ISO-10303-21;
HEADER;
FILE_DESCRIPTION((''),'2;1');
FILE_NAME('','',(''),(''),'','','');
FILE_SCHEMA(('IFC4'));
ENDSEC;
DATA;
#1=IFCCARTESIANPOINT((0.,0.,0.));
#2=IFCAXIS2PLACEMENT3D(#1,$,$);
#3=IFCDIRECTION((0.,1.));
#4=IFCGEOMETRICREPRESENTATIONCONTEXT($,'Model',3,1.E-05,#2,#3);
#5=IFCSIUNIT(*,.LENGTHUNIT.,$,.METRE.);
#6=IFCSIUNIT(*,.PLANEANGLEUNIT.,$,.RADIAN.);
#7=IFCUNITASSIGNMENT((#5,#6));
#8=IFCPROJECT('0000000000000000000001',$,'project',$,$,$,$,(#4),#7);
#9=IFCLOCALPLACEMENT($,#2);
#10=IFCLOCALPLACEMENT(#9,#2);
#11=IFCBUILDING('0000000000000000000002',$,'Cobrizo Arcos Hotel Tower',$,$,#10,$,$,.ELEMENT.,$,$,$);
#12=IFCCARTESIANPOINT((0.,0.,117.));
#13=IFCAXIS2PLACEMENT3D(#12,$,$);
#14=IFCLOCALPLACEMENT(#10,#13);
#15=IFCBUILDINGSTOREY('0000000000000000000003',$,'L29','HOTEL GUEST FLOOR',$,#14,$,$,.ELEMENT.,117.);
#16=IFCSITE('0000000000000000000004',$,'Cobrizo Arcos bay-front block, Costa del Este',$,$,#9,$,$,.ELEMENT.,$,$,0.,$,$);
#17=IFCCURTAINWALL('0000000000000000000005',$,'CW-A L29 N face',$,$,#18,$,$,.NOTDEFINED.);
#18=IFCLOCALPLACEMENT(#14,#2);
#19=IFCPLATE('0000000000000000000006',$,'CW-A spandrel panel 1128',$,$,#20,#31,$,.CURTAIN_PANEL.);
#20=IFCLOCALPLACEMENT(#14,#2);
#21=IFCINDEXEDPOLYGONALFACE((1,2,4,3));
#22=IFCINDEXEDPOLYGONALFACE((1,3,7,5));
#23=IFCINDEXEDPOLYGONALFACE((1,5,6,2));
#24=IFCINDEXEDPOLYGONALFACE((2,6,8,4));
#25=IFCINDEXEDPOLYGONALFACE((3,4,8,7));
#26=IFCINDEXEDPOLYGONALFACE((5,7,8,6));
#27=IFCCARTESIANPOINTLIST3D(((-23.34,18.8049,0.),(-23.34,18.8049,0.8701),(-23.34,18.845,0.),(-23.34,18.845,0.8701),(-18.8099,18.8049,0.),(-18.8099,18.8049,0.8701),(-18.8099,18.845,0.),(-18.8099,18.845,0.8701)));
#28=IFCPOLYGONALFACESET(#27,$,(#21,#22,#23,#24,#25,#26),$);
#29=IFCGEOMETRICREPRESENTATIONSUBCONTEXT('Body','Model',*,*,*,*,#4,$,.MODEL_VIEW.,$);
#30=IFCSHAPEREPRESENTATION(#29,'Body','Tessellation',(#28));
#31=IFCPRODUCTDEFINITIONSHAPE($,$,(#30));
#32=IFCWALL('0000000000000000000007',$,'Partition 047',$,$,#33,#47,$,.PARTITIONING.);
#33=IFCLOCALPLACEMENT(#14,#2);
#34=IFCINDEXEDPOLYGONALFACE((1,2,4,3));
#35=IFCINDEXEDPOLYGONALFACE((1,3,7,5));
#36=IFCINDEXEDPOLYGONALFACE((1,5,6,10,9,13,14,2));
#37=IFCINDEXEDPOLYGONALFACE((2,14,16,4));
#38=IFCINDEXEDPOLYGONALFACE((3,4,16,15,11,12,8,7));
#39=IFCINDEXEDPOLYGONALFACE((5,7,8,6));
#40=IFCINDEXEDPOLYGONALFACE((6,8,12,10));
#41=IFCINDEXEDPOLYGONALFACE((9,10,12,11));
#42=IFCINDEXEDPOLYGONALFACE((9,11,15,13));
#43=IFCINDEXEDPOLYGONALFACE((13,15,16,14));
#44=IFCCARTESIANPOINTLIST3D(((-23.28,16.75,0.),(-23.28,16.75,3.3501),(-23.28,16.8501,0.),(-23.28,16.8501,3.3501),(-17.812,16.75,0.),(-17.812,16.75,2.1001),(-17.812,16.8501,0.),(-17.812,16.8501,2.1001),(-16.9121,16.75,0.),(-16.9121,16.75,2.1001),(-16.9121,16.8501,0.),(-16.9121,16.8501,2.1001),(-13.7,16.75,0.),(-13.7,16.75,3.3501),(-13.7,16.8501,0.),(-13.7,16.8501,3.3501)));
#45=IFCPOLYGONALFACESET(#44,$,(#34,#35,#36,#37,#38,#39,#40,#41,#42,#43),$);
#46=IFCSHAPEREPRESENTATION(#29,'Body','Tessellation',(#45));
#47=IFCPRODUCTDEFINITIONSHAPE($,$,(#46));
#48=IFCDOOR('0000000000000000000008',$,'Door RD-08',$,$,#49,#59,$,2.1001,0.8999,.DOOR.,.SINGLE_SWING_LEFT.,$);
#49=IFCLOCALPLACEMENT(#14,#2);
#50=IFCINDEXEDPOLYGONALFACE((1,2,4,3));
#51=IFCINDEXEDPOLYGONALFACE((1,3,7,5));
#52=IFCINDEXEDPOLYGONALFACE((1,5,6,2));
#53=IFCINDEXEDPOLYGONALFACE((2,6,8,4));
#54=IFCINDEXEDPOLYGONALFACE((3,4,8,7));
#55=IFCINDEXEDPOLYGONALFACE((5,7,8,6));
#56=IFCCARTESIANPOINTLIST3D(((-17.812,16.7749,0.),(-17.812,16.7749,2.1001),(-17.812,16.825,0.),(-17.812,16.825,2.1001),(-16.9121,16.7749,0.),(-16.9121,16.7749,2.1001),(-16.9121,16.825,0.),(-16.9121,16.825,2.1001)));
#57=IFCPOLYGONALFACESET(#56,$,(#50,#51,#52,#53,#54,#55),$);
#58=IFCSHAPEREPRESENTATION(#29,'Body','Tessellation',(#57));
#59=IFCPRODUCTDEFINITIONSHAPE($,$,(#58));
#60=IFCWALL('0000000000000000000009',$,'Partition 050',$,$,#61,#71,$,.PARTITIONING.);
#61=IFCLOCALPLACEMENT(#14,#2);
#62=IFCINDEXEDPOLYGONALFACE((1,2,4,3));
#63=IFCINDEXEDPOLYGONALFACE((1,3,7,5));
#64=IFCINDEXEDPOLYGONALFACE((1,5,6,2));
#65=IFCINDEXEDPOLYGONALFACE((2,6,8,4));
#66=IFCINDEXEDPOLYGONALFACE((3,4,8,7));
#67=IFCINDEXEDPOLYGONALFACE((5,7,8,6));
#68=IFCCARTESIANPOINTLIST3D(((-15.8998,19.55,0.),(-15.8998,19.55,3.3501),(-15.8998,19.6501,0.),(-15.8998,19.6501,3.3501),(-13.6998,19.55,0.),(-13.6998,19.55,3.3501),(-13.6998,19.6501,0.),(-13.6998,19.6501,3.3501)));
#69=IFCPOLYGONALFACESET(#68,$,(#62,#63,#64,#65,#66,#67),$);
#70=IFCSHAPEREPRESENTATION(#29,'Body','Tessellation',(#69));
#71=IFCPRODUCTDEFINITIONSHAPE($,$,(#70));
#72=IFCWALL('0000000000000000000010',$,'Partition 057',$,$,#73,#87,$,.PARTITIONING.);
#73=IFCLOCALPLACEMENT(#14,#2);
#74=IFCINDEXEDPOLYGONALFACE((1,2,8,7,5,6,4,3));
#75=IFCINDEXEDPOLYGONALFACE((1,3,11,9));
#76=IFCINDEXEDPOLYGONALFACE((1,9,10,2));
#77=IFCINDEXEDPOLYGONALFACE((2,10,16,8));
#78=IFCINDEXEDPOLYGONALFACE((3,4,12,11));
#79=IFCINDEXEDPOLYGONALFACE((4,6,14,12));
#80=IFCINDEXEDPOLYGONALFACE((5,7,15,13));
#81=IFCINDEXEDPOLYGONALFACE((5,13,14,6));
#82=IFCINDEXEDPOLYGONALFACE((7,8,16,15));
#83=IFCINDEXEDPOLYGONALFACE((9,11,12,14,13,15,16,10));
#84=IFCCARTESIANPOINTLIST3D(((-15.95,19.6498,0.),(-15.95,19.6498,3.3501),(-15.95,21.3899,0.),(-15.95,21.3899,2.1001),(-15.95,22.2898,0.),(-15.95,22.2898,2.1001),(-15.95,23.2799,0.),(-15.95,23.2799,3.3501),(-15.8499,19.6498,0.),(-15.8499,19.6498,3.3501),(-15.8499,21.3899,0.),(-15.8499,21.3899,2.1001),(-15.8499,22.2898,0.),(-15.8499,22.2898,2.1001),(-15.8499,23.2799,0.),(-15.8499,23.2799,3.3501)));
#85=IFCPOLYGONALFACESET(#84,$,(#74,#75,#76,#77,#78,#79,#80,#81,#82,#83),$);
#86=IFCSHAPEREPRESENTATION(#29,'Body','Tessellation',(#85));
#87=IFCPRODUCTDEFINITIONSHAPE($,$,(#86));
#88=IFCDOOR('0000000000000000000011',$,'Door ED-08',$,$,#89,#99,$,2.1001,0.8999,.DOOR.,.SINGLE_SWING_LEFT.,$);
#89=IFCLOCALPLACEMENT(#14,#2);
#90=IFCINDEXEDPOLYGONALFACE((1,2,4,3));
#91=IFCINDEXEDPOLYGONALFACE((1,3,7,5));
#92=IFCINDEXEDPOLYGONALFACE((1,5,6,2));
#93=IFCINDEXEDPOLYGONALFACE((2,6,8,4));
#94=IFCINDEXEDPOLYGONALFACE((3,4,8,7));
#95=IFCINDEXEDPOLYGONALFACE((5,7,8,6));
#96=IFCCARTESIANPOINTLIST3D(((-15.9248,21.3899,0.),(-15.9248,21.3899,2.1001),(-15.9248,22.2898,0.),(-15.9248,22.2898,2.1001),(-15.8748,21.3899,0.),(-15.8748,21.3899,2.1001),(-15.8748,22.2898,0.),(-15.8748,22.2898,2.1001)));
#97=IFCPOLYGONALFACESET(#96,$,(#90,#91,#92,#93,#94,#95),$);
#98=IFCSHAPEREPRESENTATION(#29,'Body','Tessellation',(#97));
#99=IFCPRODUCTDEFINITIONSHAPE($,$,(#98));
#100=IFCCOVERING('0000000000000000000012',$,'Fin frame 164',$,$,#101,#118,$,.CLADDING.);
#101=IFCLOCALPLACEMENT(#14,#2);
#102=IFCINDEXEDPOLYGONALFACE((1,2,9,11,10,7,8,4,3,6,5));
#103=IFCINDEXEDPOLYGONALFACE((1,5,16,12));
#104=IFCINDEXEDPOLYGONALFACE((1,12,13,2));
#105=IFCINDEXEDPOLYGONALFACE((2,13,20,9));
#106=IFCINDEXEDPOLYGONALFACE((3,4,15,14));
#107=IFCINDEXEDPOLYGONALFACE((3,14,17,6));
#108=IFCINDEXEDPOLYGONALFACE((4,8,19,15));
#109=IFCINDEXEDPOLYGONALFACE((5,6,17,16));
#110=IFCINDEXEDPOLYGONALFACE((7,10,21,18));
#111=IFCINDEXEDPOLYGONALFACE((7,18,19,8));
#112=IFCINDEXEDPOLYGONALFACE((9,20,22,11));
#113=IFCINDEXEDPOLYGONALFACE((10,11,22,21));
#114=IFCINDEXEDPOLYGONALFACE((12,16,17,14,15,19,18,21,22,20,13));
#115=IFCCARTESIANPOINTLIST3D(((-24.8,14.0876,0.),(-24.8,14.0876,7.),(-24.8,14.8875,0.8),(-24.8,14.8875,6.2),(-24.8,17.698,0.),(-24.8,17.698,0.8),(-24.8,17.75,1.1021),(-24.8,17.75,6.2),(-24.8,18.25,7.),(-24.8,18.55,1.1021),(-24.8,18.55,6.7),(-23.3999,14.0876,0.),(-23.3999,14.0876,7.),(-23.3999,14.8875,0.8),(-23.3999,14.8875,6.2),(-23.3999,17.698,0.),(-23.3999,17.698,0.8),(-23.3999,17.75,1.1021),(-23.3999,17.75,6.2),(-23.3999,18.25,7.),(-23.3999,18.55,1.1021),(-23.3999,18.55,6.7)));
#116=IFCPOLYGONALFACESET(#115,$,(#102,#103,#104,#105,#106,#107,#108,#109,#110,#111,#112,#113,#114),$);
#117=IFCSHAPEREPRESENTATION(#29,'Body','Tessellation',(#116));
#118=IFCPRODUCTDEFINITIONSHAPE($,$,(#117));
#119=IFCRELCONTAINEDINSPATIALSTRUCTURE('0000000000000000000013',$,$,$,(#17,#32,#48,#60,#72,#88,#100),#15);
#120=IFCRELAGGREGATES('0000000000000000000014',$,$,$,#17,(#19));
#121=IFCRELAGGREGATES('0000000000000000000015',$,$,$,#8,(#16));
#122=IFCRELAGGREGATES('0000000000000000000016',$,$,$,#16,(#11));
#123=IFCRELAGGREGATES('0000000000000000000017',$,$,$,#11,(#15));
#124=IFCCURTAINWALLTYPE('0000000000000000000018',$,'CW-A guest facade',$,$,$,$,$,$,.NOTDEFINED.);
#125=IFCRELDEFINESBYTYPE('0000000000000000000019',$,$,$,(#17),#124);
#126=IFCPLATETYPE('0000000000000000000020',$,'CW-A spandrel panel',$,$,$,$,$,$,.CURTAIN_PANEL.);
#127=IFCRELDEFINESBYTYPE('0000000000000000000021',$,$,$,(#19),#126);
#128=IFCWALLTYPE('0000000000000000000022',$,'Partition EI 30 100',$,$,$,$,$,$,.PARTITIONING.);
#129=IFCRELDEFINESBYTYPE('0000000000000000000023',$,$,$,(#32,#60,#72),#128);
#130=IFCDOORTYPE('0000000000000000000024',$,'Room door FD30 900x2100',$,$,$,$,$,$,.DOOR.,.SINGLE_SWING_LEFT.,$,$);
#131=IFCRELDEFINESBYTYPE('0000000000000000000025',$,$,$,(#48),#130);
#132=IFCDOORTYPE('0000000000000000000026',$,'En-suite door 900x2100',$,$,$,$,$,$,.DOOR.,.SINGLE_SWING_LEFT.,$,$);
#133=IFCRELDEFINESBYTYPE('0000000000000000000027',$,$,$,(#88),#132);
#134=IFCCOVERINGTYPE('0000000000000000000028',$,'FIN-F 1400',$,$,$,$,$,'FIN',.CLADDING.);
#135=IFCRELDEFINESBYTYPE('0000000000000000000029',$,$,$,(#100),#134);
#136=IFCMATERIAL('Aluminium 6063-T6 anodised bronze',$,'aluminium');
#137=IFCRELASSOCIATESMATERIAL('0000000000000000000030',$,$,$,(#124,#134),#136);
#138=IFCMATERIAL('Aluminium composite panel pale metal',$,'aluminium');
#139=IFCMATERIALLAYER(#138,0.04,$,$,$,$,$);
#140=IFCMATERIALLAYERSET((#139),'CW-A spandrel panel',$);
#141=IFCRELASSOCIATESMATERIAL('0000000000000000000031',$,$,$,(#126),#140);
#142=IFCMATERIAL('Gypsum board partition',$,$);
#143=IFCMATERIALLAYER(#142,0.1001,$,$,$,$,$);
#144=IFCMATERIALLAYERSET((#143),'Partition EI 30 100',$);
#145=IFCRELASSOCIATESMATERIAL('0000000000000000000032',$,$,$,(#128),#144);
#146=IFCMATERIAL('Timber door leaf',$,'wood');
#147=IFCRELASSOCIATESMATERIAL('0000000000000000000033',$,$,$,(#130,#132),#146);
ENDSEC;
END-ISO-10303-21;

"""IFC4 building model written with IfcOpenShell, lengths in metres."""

from ifc_helpers import new_model, si_unit, direction, frame, frame_2d, origin, origin_2d, place, context, subcontext, project, spatial, polyline, rectangle, outline, extrude, material, layer, layer_set, type_object, element, fill, aggregate, save


model = new_model("IFC4")

# Units and contexts
model_context = context("Model", 3, precision=1e-05, world=origin(), true_north=direction((0.0, 1.0)))
body_context = subcontext(model_context, "Body", "Model", "MODEL_VIEW")
ifc_project = project(units=[si_unit("LENGTHUNIT", "METRE"), si_unit("PLANEANGLEUNIT", "RADIAN")], contexts=[model_context])

# Site, building, storey
site_placement = place(None, origin())
site = spatial("IfcSite", under=ifc_project, at=site_placement, Name="Cobrizo Arcos bay-front block, Costa del Este", CompositionType="ELEMENT", RefElevation=0.0)
building_placement = place(site_placement, origin())
building = spatial("IfcBuilding", under=site, at=building_placement, Name="Cobrizo Arcos Hotel Tower", CompositionType="ELEMENT")
storey_placement = place(building_placement, frame((0.0, 0.0, 117.0)))
storey = spatial("IfcBuildingStorey", under=building, at=storey_placement, Name="L29", Description="HOTEL GUEST FLOOR", CompositionType="ELEMENT", Elevation=117.0)

# Shared definitions
ifc_material_1 = material(Name="Aluminium 6063-T6 anodised bronze", Category="aluminium")
curtain_wall_type = type_object("IfcCurtainWallType", Name="CW-A guest facade", PredefinedType="NOTDEFINED", material=ifc_material_1)

# Curtain wall
curtain_wall_1_placement = place(storey_placement, origin())
curtain_wall_1 = element("IfcCurtainWall", 1, at=curtain_wall_1_placement, inside=storey, type_object=curtain_wall_type, Name="CW-A L29 N face", PredefinedType="NOTDEFINED")

# Plate
ifc_material_2 = material(Name="Aluminium composite panel pale metal", Category="aluminium")
ifc_layer_1 = layer(ifc_material_2, 0.04)
ifc_layer_set_1 = layer_set([ifc_layer_1], Name="CW-A spandrel panel")
plate_type_1 = type_object("IfcPlateType", Name="CW-A spandrel panel", PredefinedType="CURTAIN_PANEL", material=ifc_layer_set_1)
plate_1_placement = place(storey_placement, frame((-21.075, 18.825, 0.0), z_axis=(0.0, 0.0, 1.0), x_axis=(-1.0, 0.0, 0.0)))
plate_1 = element("IfcPlate", 2, at=plate_1_placement, type_object=plate_type_1, Name="CW-A spandrel panel 1128", PredefinedType="CURTAIN_PANEL", context=body_context, shape_type="SweptSolid", body=[
    extrude(rectangle(XDim=4.53, YDim=0.04, at=origin_2d()), origin(), (0.0, 0.0, 1.0), 0.8701),
])
aggregate(curtain_wall_1, [plate_1])

# Wall, opening, door
ifc_material_3 = material(Name="Gypsum board partition")
ifc_layer_2 = layer(ifc_material_3, 0.1001)
ifc_layer_set_2 = layer_set([ifc_layer_2], Name="Partition EI 30 100")
wall_type = type_object("IfcWallType", Name="Partition EI 30 100", PredefinedType="PARTITIONING", material=ifc_layer_set_2)
wall_1_placement = place(storey_placement, frame((-23.28, 16.8, 0.0), z_axis=(0.0, 0.0, 1.0), x_axis=(1.0, 0.0, 0.0)))
wall_1 = element("IfcWall", 3, at=wall_1_placement, inside=storey, type_object=wall_type, Name="Partition 047", PredefinedType="PARTITIONING", context=body_context, shape_type="SweptSolid", body=[
    extrude(rectangle(XDim=9.5801, YDim=0.1001, at=frame_2d((4.79, 0.0))), origin(), (0.0, 0.0, 1.0), 3.3501),
])
opening_1_placement = place(wall_1_placement, frame((5.468, 0.0, 0.0)))
opening_1 = element("IfcOpeningElement", 4, at=opening_1_placement, cuts=wall_1, PredefinedType="OPENING", context=body_context, shape_type="SweptSolid", body=[
    extrude(rectangle(XDim=0.8999, YDim=2.1001, at=frame_2d((0.45, 1.05))), frame((0.0, 0.062, 0.0), z_axis=(0.0, -1.0, 0.0), x_axis=(1.0, 0.0, 0.0)), (0.0, 0.0, 1.0), 0.124),
])
ifc_material_4 = material(Name="Timber door leaf", Category="wood")
door_type_1 = type_object("IfcDoorType", Name="Room door FD30 900x2100", OperationType="SINGLE_SWING_LEFT", PredefinedType="DOOR", material=ifc_material_4)
door_1_placement = place(opening_1_placement, origin())
door_1 = element("IfcDoor", 5, at=door_1_placement, inside=storey, type_object=door_type_1, Name="Door RD-08", OperationType="SINGLE_SWING_LEFT", OverallHeight=2.1001, OverallWidth=0.8999, PredefinedType="DOOR", context=body_context, shape_type="SweptSolid", body=[
    extrude(rectangle(XDim=0.8999, YDim=2.1001, at=frame_2d((0.45, 1.05))), frame((0.0, 0.0249, 0.0), z_axis=(0.0, -1.0, 0.0), x_axis=(1.0, 0.0, 0.0)), (0.0, 0.0, 1.0), 0.05),
])
fill(opening_1, door_1)

# Wall
wall_2_placement = place(storey_placement, frame((-15.8999, 19.6001, 0.0), z_axis=(0.0, 0.0, 1.0), x_axis=(1.0, 0.0, 0.0)))
element("IfcWall", 6, at=wall_2_placement, inside=storey, type_object=wall_type, Name="Partition 050", PredefinedType="PARTITIONING", context=body_context, shape_type="SweptSolid", body=[
    extrude(rectangle(XDim=2.2, YDim=0.1001, at=frame_2d((1.1001, 0.0))), origin(), (0.0, 0.0, 1.0), 3.3501),
])

# Wall, opening, door
wall_3_placement = place(storey_placement, frame((-15.8999, 19.6499, 0.0), z_axis=(0.0, 0.0, 1.0), x_axis=(0.0, 1.0, 0.0)))
wall_3 = element("IfcWall", 7, at=wall_3_placement, inside=storey, type_object=wall_type, Name="Partition 057", PredefinedType="PARTITIONING", context=body_context, shape_type="SweptSolid", body=[
    extrude(rectangle(XDim=3.6301, YDim=0.1001, at=frame_2d((1.8149, 0.0))), origin(), (0.0, 0.0, 1.0), 3.3501),
])
opening_2_placement = place(wall_3_placement, frame((1.74, 0.0, 0.0)))
opening_2 = element("IfcOpeningElement", 8, at=opening_2_placement, cuts=wall_3, PredefinedType="OPENING", context=body_context, shape_type="SweptSolid", body=[
    extrude(rectangle(XDim=0.8999, YDim=2.1001, at=frame_2d((0.45, 1.05))), frame((0.0, 0.062, 0.0), z_axis=(0.0, -1.0, 0.0), x_axis=(1.0, 0.0, 0.0)), (0.0, 0.0, 1.0), 0.124),
])
door_type_2 = type_object("IfcDoorType", Name="En-suite door 900x2100", OperationType="SINGLE_SWING_LEFT", PredefinedType="DOOR", material=ifc_material_4)
door_2_placement = place(opening_2_placement, origin())
door_2 = element("IfcDoor", 9, at=door_2_placement, inside=storey, type_object=door_type_2, Name="Door ED-08", OperationType="SINGLE_SWING_LEFT", OverallHeight=2.1001, OverallWidth=0.8999, PredefinedType="DOOR", context=body_context, shape_type="SweptSolid", body=[
    extrude(rectangle(XDim=0.8999, YDim=2.1001, at=frame_2d((0.45, 1.05))), frame((0.0, 0.0249, 0.0), z_axis=(0.0, -1.0, 0.0), x_axis=(1.0, 0.0, 0.0)), (0.0, 0.0, 1.0), 0.05),
])
fill(opening_2, door_2)

# Covering
covering_type = type_object("IfcCoveringType", Name="FIN-F 1400", ElementType="FIN", PredefinedType="CLADDING", material=ifc_material_1)
covering_placement = place(storey_placement, frame((-23.3999, 18.55, 0.0), z_axis=(-1.0, 0.0, 0.0), x_axis=(0.0, -1.0, 0.0)))
element("IfcCovering", 10, at=covering_placement, inside=storey, type_object=covering_type, Name="Fin frame 164", PredefinedType="CLADDING", context=body_context, shape_type="SweptSolid", body=[
    extrude(outline(polyline([(0.0, 6.7), (0.0, 1.1021), (0.8, 1.1021), (0.8, 6.2), (3.6626, 6.2), (3.6626, 0.8), (0.8521, 0.8), (0.8521, 0.0), (4.4624, 0.0), (4.4624, 7.0), (0.3, 7.0), (0.0, 6.7)])), origin(), (0.0, 0.0, 1.0), 1.4001),
])

save(model, "model.ifc")
